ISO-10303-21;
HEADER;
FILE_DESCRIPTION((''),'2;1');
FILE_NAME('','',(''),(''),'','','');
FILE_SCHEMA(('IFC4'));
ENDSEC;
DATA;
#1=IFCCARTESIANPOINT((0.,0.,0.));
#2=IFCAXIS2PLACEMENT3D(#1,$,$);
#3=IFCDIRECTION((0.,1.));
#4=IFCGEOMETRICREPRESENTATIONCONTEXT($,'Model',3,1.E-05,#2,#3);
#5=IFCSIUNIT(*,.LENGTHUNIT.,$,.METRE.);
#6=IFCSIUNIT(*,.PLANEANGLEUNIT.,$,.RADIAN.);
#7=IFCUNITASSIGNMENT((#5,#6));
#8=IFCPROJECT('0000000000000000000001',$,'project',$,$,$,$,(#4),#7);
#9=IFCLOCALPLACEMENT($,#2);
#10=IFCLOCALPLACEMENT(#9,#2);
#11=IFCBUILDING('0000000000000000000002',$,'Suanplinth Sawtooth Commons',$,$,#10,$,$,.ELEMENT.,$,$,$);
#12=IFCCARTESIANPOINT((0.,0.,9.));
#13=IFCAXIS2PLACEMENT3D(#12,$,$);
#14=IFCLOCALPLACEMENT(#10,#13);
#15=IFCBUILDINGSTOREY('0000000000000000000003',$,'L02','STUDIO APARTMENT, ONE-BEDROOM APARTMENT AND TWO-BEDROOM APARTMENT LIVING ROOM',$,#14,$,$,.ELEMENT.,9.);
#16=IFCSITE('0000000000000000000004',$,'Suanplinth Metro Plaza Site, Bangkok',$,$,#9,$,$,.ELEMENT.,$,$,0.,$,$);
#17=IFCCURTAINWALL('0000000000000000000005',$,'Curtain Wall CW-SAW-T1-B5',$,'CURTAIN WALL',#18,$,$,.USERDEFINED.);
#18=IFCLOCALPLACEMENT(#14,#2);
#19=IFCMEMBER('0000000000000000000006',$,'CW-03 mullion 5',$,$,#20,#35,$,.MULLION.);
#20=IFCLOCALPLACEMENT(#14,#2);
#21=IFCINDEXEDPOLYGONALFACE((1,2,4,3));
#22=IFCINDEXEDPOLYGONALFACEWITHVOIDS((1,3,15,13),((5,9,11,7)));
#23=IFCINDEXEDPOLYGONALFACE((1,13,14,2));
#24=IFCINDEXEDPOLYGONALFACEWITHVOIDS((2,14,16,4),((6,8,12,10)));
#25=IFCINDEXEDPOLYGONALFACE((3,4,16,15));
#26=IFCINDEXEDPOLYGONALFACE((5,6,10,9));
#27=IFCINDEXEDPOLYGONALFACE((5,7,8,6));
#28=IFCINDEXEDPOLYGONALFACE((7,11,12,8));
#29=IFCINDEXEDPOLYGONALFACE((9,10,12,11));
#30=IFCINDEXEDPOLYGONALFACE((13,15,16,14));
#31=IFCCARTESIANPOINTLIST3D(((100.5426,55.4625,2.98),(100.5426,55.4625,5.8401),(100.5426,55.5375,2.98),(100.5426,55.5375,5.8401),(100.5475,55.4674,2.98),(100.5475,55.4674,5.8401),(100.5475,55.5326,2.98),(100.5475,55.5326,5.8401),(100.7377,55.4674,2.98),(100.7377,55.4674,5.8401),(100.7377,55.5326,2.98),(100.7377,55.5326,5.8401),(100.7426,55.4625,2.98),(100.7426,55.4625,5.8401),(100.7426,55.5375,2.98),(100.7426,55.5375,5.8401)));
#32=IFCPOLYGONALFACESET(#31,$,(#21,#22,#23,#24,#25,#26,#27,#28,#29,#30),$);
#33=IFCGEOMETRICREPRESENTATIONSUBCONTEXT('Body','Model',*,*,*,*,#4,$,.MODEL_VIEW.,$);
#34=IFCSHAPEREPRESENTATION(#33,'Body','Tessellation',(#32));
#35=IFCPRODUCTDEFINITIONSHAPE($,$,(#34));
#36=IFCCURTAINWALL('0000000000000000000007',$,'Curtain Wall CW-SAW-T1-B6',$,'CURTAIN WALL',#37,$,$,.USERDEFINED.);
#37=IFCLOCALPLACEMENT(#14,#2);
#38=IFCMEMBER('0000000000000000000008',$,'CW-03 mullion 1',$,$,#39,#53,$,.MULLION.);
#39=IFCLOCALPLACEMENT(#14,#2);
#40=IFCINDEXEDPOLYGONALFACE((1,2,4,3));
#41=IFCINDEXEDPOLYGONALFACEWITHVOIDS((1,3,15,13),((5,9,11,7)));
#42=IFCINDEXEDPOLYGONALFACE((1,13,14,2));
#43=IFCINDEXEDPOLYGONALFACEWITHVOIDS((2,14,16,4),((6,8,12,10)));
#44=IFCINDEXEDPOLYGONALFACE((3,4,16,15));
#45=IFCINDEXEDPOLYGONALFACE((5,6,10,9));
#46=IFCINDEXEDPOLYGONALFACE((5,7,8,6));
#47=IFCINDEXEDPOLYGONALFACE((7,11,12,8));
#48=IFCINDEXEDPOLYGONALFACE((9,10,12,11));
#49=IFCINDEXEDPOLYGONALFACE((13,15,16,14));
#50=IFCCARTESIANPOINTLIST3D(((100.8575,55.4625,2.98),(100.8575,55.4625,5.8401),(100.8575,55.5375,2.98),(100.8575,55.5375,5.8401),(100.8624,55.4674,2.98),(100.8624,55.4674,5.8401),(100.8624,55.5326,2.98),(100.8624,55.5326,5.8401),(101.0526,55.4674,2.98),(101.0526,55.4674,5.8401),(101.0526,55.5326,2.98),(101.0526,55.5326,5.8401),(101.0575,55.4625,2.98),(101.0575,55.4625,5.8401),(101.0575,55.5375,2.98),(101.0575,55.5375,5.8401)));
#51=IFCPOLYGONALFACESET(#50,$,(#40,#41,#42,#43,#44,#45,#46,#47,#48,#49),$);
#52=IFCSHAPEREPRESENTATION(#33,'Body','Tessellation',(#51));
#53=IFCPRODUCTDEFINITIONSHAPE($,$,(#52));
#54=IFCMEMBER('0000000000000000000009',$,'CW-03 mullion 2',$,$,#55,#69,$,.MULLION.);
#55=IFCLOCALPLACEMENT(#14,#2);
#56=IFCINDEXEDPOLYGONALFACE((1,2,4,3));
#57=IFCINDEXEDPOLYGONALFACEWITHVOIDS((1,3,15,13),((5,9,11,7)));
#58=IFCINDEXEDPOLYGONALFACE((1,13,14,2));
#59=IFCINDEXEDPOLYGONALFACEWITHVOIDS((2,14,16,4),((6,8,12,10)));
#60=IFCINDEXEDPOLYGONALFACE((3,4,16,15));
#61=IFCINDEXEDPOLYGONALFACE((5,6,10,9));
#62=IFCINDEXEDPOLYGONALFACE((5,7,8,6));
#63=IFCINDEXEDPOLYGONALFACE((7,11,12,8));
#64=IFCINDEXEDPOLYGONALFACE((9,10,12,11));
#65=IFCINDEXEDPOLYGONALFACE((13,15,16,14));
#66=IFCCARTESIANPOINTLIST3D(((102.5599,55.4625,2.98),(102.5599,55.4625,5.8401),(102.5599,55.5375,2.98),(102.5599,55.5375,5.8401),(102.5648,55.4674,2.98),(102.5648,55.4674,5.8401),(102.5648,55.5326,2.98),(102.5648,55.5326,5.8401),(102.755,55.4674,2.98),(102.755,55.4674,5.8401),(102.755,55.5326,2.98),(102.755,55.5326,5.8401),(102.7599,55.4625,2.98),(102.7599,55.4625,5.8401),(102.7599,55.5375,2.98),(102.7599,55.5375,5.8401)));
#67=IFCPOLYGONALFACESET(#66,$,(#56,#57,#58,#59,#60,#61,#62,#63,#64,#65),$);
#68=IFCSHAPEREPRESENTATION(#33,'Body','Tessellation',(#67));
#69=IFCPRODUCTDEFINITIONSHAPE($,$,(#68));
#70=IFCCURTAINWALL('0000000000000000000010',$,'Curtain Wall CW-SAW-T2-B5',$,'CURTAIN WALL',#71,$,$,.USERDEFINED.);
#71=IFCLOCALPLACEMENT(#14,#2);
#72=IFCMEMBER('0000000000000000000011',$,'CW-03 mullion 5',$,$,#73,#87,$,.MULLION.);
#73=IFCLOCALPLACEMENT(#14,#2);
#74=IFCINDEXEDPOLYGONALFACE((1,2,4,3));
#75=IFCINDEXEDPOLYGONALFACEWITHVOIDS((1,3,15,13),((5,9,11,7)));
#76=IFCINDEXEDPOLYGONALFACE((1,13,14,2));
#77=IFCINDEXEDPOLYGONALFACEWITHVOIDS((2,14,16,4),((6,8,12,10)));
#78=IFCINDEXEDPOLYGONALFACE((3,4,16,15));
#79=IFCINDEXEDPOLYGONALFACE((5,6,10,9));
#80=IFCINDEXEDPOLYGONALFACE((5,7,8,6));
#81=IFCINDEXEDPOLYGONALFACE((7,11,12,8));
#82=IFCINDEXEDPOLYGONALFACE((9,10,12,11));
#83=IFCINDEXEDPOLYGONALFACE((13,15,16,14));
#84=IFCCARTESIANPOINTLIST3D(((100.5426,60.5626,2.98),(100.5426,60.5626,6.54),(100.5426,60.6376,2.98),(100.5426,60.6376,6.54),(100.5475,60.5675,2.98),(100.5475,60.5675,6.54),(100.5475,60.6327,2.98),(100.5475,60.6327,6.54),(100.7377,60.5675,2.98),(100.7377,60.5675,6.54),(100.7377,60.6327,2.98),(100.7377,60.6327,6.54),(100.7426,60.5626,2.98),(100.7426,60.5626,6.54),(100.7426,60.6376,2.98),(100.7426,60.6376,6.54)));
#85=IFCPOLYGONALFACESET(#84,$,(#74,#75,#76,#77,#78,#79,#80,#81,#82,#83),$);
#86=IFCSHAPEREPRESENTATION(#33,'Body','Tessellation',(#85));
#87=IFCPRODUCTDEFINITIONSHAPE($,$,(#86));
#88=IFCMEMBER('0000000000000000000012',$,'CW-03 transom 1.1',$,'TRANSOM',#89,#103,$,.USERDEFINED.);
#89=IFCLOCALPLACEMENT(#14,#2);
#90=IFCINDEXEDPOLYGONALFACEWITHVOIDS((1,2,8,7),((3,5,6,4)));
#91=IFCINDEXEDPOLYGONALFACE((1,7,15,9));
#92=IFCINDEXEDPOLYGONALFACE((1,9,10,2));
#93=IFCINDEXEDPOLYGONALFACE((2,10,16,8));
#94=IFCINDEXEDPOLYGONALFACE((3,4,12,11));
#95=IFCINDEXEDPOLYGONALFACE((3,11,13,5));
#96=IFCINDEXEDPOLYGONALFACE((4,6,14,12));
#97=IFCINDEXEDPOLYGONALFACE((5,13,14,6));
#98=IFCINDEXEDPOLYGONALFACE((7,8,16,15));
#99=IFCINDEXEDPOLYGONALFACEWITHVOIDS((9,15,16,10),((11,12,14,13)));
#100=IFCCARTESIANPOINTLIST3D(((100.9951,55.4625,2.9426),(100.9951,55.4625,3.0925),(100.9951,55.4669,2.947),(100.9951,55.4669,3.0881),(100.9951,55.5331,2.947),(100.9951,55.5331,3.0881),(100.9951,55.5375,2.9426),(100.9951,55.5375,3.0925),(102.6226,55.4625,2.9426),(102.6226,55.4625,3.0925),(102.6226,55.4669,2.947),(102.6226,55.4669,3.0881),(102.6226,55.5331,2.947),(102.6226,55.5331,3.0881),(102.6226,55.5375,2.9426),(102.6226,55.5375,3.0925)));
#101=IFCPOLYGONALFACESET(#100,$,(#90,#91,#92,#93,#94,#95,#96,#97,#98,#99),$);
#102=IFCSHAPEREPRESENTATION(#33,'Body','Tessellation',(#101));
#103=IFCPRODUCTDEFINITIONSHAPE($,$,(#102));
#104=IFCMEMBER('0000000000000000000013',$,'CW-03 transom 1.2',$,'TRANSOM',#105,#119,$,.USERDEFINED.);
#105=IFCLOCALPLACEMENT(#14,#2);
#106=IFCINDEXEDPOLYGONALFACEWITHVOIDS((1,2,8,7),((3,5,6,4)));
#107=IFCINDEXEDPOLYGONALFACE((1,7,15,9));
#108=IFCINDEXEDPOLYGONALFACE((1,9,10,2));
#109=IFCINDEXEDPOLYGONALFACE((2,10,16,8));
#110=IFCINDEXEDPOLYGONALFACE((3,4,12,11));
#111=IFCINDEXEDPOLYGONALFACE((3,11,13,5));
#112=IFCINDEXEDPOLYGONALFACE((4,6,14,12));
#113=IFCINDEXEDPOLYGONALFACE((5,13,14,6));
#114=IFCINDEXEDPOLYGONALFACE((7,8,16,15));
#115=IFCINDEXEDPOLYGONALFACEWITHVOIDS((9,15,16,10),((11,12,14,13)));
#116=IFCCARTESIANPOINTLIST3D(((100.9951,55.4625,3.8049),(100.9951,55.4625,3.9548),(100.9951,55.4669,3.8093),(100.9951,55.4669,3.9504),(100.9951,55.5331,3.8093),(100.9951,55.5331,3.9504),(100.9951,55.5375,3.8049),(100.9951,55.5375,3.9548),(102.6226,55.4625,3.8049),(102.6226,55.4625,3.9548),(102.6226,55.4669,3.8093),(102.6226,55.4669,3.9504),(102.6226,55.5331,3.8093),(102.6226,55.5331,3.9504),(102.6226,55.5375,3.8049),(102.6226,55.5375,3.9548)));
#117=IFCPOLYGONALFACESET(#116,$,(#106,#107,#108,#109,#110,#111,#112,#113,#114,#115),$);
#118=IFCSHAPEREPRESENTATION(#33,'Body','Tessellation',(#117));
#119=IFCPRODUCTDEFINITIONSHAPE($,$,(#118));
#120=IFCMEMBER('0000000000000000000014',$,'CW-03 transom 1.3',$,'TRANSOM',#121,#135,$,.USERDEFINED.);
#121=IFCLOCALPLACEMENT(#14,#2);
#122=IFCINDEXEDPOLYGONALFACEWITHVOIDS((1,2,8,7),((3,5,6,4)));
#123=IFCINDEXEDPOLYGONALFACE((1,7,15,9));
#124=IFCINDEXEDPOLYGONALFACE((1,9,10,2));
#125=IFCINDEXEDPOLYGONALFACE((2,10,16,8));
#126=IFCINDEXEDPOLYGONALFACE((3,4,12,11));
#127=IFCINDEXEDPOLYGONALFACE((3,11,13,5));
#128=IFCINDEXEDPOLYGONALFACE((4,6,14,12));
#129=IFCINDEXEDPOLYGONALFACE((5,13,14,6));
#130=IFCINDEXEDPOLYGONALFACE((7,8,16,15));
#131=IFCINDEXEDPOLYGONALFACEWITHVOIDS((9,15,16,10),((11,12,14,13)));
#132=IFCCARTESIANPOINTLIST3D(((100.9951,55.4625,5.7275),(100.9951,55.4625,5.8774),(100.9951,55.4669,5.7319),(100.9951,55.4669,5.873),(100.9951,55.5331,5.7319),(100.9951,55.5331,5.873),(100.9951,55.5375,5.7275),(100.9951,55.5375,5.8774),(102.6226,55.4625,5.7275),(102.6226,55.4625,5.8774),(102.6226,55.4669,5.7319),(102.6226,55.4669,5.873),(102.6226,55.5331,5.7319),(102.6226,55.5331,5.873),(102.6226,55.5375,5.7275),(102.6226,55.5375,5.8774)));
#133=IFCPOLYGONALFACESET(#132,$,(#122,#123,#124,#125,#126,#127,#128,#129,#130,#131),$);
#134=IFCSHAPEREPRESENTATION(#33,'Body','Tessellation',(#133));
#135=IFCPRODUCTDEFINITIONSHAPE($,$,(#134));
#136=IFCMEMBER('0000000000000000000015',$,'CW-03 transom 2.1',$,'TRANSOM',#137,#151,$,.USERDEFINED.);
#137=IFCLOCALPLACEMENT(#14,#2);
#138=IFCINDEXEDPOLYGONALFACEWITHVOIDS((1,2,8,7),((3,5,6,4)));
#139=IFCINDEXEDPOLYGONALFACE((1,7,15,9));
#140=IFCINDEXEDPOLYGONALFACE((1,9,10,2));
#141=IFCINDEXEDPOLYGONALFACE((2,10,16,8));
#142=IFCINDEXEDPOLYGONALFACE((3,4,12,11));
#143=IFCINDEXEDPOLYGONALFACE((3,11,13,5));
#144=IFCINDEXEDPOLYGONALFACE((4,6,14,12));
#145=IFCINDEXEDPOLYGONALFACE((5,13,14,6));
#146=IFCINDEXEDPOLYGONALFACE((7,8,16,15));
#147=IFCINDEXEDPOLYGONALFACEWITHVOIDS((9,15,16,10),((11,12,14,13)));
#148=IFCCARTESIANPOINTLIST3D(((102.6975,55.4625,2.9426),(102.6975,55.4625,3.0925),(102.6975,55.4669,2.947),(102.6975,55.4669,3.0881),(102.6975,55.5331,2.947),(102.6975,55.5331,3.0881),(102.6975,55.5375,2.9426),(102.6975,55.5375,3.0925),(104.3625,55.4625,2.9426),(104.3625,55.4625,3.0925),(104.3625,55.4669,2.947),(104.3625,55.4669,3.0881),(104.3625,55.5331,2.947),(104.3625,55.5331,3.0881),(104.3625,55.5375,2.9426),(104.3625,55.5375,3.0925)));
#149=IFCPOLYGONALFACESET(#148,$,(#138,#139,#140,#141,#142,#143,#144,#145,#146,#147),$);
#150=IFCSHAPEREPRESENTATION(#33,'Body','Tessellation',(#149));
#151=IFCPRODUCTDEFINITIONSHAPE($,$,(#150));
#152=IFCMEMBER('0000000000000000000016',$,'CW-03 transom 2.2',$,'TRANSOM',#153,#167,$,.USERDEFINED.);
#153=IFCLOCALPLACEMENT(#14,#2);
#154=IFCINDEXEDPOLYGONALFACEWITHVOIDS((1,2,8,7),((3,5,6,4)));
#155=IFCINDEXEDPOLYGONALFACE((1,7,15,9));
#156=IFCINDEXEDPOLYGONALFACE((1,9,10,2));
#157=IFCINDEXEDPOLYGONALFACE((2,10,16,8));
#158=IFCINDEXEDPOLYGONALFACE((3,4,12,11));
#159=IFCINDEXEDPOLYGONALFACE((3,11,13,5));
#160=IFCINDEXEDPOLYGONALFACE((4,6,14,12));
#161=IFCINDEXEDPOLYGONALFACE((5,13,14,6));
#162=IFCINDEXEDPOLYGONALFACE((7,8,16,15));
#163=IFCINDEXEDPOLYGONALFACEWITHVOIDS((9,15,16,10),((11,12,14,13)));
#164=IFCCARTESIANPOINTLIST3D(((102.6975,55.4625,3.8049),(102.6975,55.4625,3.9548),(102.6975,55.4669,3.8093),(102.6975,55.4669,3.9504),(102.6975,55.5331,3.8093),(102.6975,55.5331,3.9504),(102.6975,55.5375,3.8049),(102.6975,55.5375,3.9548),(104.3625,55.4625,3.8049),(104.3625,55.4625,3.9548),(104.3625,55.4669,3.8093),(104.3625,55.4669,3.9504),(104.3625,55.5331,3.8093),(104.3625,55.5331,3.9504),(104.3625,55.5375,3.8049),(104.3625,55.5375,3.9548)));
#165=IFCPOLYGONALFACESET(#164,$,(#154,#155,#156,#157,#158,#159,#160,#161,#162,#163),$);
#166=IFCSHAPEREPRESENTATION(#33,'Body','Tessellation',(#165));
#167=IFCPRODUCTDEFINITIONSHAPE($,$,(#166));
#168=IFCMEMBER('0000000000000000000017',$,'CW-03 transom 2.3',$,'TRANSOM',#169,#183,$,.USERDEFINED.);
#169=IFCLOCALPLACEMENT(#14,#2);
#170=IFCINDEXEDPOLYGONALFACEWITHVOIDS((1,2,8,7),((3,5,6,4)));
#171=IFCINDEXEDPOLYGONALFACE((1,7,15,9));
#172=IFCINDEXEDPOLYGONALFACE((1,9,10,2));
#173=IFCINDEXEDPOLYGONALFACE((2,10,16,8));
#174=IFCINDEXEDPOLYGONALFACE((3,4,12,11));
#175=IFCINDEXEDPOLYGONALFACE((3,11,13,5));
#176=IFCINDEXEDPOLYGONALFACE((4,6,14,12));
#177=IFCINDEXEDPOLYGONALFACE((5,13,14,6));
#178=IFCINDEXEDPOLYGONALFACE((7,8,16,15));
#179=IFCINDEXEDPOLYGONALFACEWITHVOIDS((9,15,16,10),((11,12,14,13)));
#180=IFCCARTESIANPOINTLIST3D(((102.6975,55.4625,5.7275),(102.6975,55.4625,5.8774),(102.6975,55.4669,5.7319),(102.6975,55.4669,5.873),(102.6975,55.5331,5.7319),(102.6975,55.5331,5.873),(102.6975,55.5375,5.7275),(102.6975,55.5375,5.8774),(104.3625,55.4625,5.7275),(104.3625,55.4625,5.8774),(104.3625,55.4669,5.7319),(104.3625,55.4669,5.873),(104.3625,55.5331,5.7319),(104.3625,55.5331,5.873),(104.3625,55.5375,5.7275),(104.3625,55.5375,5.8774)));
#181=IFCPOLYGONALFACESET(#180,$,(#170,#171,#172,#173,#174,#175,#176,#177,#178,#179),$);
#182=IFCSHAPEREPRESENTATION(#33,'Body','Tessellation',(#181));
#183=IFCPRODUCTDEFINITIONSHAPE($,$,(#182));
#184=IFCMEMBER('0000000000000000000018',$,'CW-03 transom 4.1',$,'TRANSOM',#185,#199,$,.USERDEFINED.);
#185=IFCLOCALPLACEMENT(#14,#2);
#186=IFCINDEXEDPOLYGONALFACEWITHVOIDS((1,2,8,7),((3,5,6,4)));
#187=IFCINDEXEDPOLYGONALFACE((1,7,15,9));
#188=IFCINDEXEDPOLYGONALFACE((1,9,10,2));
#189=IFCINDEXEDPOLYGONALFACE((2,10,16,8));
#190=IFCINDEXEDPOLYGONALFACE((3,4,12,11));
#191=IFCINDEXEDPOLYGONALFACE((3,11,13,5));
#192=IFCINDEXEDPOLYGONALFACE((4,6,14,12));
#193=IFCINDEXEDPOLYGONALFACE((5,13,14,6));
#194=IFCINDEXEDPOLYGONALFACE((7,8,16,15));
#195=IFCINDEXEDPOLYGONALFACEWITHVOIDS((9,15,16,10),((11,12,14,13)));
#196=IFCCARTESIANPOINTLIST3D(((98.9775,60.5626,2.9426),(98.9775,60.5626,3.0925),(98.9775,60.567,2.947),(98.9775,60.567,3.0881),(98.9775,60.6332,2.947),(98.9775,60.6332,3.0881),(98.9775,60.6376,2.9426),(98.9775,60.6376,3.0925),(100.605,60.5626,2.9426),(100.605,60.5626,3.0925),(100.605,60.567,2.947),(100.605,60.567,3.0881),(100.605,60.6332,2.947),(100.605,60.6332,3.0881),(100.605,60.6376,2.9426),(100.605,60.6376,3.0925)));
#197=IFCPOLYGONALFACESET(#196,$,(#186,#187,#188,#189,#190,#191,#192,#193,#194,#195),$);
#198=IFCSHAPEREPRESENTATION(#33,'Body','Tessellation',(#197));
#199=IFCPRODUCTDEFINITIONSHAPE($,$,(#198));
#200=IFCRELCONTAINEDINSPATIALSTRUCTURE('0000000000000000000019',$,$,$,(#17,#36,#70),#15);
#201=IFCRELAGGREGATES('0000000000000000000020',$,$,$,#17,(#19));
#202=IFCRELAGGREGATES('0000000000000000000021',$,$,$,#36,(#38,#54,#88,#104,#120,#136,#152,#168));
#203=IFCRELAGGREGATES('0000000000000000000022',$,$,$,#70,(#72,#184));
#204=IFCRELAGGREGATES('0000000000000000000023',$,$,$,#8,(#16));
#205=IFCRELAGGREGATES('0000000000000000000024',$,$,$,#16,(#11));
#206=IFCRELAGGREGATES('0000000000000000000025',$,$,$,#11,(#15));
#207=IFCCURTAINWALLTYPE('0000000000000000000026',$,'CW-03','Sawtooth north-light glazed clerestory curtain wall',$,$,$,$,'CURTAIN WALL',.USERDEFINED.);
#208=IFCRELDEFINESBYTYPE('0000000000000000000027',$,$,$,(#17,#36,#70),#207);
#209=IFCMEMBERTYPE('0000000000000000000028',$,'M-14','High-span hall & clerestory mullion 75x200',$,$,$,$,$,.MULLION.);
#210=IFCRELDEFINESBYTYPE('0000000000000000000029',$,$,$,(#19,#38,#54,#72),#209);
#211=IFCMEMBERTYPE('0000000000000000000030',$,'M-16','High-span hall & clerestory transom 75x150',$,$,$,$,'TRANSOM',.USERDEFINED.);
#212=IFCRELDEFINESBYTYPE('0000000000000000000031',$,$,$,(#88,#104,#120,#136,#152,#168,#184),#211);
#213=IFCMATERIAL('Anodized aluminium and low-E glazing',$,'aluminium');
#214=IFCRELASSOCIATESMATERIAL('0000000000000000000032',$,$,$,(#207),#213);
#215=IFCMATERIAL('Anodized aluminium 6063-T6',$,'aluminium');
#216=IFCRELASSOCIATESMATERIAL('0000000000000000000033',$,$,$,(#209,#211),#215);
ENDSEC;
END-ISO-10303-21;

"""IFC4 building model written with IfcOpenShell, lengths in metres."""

from ifc_helpers import new_model, si_unit, direction, frame, origin, origin_2d, place, context, subcontext, project, spatial, hollow_rectangle, extrude, material, material_profile, profile_set, type_object, element, aggregate, save


model = new_model("IFC4")

# Units and contexts
model_context = context("Model", 3, precision=1e-05, world=origin(), true_north=direction((0.0, 1.0)))
body_context = subcontext(model_context, "Body", "Model", "MODEL_VIEW")
ifc_project = project(units=[si_unit("LENGTHUNIT", "METRE"), si_unit("PLANEANGLEUNIT", "RADIAN")], contexts=[model_context])

# Site, building, storey
site_placement = place(None, origin())
site = spatial("IfcSite", under=ifc_project, at=site_placement, Name="Suanplinth Metro Plaza Site, Bangkok", CompositionType="ELEMENT", RefElevation=0.0)
building_placement = place(site_placement, origin())
building = spatial("IfcBuilding", under=site, at=building_placement, Name="Suanplinth Sawtooth Commons", CompositionType="ELEMENT")
storey_placement = place(building_placement, frame((0.0, 0.0, 9.0)))
storey = spatial("IfcBuildingStorey", under=building, at=storey_placement, Name="L02", Description="STUDIO APARTMENT, ONE-BEDROOM APARTMENT AND TWO-BEDROOM APARTMENT LIVING ROOM", CompositionType="ELEMENT", Elevation=9.0)

# Curtain wall, member
ifc_material_1 = material(Name="Anodized aluminium and low-E glazing", Category="aluminium")
curtain_wall_type = type_object("IfcCurtainWallType", Name="CW-03", Description="Sawtooth north-light glazed clerestory curtain wall", ElementType="CURTAIN WALL", PredefinedType="USERDEFINED", material=ifc_material_1)
curtain_wall_1_placement = place(storey_placement, origin())
curtain_wall_1 = element("IfcCurtainWall", 1, at=curtain_wall_1_placement, inside=storey, type_object=curtain_wall_type, Name="Curtain Wall CW-SAW-T1-B5", ObjectType="CURTAIN WALL", PredefinedType="USERDEFINED")
ifc_material_2 = material(Name="Anodized aluminium 6063-T6", Category="aluminium")
ifc_material_profile_1 = material_profile(ifc_material_2, hollow_rectangle(XDim=0.075, YDim=0.2, WallThickness=0.0049, at=origin_2d()), Name="ALU-MUL 75x200")
ifc_profile_set_1 = profile_set([ifc_material_profile_1], Name="Anodized aluminium 6063-T6")
member_type_1 = type_object("IfcMemberType", Name="M-14", Description="High-span hall & clerestory mullion 75x200", PredefinedType="MULLION", material=ifc_profile_set_1)
member_1_placement = place(storey_placement, frame((100.6426, 55.5, 2.98), z_axis=(0.0, 0.0, 1.0), x_axis=(0.0, 1.0, 0.0)))
member_1 = element("IfcMember", 2, at=member_1_placement, type_object=member_type_1, Name="CW-03 mullion 5", PredefinedType="MULLION", context=body_context, shape_type="SweptSolid", body=[
    extrude(hollow_rectangle(XDim=0.075, YDim=0.2, WallThickness=0.0049, at=origin_2d()), origin(), (0.0, 0.0, 1.0), 2.8601),
])
aggregate(curtain_wall_1, [member_1])

# Curtain wall, members
curtain_wall_2_placement = place(storey_placement, origin())
curtain_wall_2 = element("IfcCurtainWall", 3, at=curtain_wall_2_placement, inside=storey, type_object=curtain_wall_type, Name="Curtain Wall CW-SAW-T1-B6", ObjectType="CURTAIN WALL", PredefinedType="USERDEFINED")
member_2_placement = place(storey_placement, frame((100.9575, 55.5, 2.98), z_axis=(0.0, 0.0, 1.0), x_axis=(0.0, 1.0, 0.0)))
member_2 = element("IfcMember", 4, at=member_2_placement, type_object=member_type_1, Name="CW-03 mullion 1", PredefinedType="MULLION", context=body_context, shape_type="SweptSolid", body=[
    extrude(hollow_rectangle(XDim=0.075, YDim=0.2, WallThickness=0.0049, at=origin_2d()), origin(), (0.0, 0.0, 1.0), 2.8601),
])
member_3_placement = place(storey_placement, frame((102.6599, 55.5, 2.98), z_axis=(0.0, 0.0, 1.0), x_axis=(0.0, 1.0, 0.0)))
member_3 = element("IfcMember", 5, at=member_3_placement, type_object=member_type_1, Name="CW-03 mullion 2", PredefinedType="MULLION", context=body_context, shape_type="SweptSolid", body=[
    extrude(hollow_rectangle(XDim=0.075, YDim=0.2, WallThickness=0.0049, at=origin_2d()), origin(), (0.0, 0.0, 1.0), 2.8601),
])

# Curtain wall, member
curtain_wall_3_placement = place(storey_placement, origin())
curtain_wall_3 = element("IfcCurtainWall", 6, at=curtain_wall_3_placement, inside=storey, type_object=curtain_wall_type, Name="Curtain Wall CW-SAW-T2-B5", ObjectType="CURTAIN WALL", PredefinedType="USERDEFINED")
member_4_placement = place(storey_placement, frame((100.6426, 60.6001, 2.98), z_axis=(0.0, 0.0, 1.0), x_axis=(0.0, 1.0, 0.0)))
member_4 = element("IfcMember", 7, at=member_4_placement, type_object=member_type_1, Name="CW-03 mullion 5", PredefinedType="MULLION", context=body_context, shape_type="SweptSolid", body=[
    extrude(hollow_rectangle(XDim=0.075, YDim=0.2, WallThickness=0.0049, at=origin_2d()), origin(), (0.0, 0.0, 1.0), 3.5601),
])

# Members
ifc_material_profile_2 = material_profile(ifc_material_2, hollow_rectangle(XDim=0.075, YDim=0.1499, WallThickness=0.0044, at=origin_2d()), Name="ALU-TRN 75x150")
ifc_profile_set_2 = profile_set([ifc_material_profile_2], Name="Anodized aluminium 6063-T6")
member_type_2 = type_object("IfcMemberType", Name="M-16", Description="High-span hall & clerestory transom 75x150", ElementType="TRANSOM", PredefinedType="USERDEFINED", material=ifc_profile_set_2)
member_5_placement = place(storey_placement, frame((100.9951, 55.5, 3.0176), z_axis=(1.0, 0.0, 0.0), x_axis=(0.0, 1.0, 0.0)))
member_5 = element("IfcMember", 8, at=member_5_placement, type_object=member_type_2, Name="CW-03 transom 1.1", ObjectType="TRANSOM", PredefinedType="USERDEFINED", context=body_context, shape_type="SweptSolid", body=[
    extrude(hollow_rectangle(XDim=0.075, YDim=0.1499, WallThickness=0.0044, at=origin_2d()), origin(), (0.0, 0.0, 1.0), 1.6274),
])
member_6_placement = place(storey_placement, frame((100.9951, 55.5, 3.8799), z_axis=(1.0, 0.0, 0.0), x_axis=(0.0, 1.0, 0.0)))
member_6 = element("IfcMember", 9, at=member_6_placement, type_object=member_type_2, Name="CW-03 transom 1.2", ObjectType="TRANSOM", PredefinedType="USERDEFINED", context=body_context, shape_type="SweptSolid", body=[
    extrude(hollow_rectangle(XDim=0.075, YDim=0.1499, WallThickness=0.0044, at=origin_2d()), origin(), (0.0, 0.0, 1.0), 1.6274),
])
member_7_placement = place(storey_placement, frame((100.9951, 55.5, 5.8025), z_axis=(1.0, 0.0, 0.0), x_axis=(0.0, 1.0, 0.0)))
member_7 = element("IfcMember", 10, at=member_7_placement, type_object=member_type_2, Name="CW-03 transom 1.3", ObjectType="TRANSOM", PredefinedType="USERDEFINED", context=body_context, shape_type="SweptSolid", body=[
    extrude(hollow_rectangle(XDim=0.075, YDim=0.1499, WallThickness=0.0044, at=origin_2d()), origin(), (0.0, 0.0, 1.0), 1.6274),
])
member_8_placement = place(storey_placement, frame((102.6975, 55.5, 3.0176), z_axis=(1.0, 0.0, 0.0), x_axis=(0.0, 1.0, 0.0)))
member_8 = element("IfcMember", 11, at=member_8_placement, type_object=member_type_2, Name="CW-03 transom 2.1", ObjectType="TRANSOM", PredefinedType="USERDEFINED", context=body_context, shape_type="SweptSolid", body=[
    extrude(hollow_rectangle(XDim=0.075, YDim=0.1499, WallThickness=0.0044, at=origin_2d()), origin(), (0.0, 0.0, 1.0), 1.665),
])
member_9_placement = place(storey_placement, frame((102.6975, 55.5, 3.8799), z_axis=(1.0, 0.0, 0.0), x_axis=(0.0, 1.0, 0.0)))
member_9 = element("IfcMember", 12, at=member_9_placement, type_object=member_type_2, Name="CW-03 transom 2.2", ObjectType="TRANSOM", PredefinedType="USERDEFINED", context=body_context, shape_type="SweptSolid", body=[
    extrude(hollow_rectangle(XDim=0.075, YDim=0.1499, WallThickness=0.0044, at=origin_2d()), origin(), (0.0, 0.0, 1.0), 1.665),
])
member_10_placement = place(storey_placement, frame((102.6975, 55.5, 5.8025), z_axis=(1.0, 0.0, 0.0), x_axis=(0.0, 1.0, 0.0)))
member_10 = element("IfcMember", 13, at=member_10_placement, type_object=member_type_2, Name="CW-03 transom 2.3", ObjectType="TRANSOM", PredefinedType="USERDEFINED", context=body_context, shape_type="SweptSolid", body=[
    extrude(hollow_rectangle(XDim=0.075, YDim=0.1499, WallThickness=0.0044, at=origin_2d()), origin(), (0.0, 0.0, 1.0), 1.665),
])
member_11_placement = place(storey_placement, frame((98.9775, 60.6001, 3.0176), z_axis=(1.0, 0.0, 0.0), x_axis=(0.0, 1.0, 0.0)))
member_11 = element("IfcMember", 14, at=member_11_placement, type_object=member_type_2, Name="CW-03 transom 4.1", ObjectType="TRANSOM", PredefinedType="USERDEFINED", context=body_context, shape_type="SweptSolid", body=[
    extrude(hollow_rectangle(XDim=0.075, YDim=0.1499, WallThickness=0.0044, at=origin_2d()), origin(), (0.0, 0.0, 1.0), 1.6274),
])

aggregate(curtain_wall_2, [member_2, member_3, member_5, member_6, member_7, member_8, member_9, member_10])
aggregate(curtain_wall_3, [member_4, member_11])

save(model, "model.ifc")
